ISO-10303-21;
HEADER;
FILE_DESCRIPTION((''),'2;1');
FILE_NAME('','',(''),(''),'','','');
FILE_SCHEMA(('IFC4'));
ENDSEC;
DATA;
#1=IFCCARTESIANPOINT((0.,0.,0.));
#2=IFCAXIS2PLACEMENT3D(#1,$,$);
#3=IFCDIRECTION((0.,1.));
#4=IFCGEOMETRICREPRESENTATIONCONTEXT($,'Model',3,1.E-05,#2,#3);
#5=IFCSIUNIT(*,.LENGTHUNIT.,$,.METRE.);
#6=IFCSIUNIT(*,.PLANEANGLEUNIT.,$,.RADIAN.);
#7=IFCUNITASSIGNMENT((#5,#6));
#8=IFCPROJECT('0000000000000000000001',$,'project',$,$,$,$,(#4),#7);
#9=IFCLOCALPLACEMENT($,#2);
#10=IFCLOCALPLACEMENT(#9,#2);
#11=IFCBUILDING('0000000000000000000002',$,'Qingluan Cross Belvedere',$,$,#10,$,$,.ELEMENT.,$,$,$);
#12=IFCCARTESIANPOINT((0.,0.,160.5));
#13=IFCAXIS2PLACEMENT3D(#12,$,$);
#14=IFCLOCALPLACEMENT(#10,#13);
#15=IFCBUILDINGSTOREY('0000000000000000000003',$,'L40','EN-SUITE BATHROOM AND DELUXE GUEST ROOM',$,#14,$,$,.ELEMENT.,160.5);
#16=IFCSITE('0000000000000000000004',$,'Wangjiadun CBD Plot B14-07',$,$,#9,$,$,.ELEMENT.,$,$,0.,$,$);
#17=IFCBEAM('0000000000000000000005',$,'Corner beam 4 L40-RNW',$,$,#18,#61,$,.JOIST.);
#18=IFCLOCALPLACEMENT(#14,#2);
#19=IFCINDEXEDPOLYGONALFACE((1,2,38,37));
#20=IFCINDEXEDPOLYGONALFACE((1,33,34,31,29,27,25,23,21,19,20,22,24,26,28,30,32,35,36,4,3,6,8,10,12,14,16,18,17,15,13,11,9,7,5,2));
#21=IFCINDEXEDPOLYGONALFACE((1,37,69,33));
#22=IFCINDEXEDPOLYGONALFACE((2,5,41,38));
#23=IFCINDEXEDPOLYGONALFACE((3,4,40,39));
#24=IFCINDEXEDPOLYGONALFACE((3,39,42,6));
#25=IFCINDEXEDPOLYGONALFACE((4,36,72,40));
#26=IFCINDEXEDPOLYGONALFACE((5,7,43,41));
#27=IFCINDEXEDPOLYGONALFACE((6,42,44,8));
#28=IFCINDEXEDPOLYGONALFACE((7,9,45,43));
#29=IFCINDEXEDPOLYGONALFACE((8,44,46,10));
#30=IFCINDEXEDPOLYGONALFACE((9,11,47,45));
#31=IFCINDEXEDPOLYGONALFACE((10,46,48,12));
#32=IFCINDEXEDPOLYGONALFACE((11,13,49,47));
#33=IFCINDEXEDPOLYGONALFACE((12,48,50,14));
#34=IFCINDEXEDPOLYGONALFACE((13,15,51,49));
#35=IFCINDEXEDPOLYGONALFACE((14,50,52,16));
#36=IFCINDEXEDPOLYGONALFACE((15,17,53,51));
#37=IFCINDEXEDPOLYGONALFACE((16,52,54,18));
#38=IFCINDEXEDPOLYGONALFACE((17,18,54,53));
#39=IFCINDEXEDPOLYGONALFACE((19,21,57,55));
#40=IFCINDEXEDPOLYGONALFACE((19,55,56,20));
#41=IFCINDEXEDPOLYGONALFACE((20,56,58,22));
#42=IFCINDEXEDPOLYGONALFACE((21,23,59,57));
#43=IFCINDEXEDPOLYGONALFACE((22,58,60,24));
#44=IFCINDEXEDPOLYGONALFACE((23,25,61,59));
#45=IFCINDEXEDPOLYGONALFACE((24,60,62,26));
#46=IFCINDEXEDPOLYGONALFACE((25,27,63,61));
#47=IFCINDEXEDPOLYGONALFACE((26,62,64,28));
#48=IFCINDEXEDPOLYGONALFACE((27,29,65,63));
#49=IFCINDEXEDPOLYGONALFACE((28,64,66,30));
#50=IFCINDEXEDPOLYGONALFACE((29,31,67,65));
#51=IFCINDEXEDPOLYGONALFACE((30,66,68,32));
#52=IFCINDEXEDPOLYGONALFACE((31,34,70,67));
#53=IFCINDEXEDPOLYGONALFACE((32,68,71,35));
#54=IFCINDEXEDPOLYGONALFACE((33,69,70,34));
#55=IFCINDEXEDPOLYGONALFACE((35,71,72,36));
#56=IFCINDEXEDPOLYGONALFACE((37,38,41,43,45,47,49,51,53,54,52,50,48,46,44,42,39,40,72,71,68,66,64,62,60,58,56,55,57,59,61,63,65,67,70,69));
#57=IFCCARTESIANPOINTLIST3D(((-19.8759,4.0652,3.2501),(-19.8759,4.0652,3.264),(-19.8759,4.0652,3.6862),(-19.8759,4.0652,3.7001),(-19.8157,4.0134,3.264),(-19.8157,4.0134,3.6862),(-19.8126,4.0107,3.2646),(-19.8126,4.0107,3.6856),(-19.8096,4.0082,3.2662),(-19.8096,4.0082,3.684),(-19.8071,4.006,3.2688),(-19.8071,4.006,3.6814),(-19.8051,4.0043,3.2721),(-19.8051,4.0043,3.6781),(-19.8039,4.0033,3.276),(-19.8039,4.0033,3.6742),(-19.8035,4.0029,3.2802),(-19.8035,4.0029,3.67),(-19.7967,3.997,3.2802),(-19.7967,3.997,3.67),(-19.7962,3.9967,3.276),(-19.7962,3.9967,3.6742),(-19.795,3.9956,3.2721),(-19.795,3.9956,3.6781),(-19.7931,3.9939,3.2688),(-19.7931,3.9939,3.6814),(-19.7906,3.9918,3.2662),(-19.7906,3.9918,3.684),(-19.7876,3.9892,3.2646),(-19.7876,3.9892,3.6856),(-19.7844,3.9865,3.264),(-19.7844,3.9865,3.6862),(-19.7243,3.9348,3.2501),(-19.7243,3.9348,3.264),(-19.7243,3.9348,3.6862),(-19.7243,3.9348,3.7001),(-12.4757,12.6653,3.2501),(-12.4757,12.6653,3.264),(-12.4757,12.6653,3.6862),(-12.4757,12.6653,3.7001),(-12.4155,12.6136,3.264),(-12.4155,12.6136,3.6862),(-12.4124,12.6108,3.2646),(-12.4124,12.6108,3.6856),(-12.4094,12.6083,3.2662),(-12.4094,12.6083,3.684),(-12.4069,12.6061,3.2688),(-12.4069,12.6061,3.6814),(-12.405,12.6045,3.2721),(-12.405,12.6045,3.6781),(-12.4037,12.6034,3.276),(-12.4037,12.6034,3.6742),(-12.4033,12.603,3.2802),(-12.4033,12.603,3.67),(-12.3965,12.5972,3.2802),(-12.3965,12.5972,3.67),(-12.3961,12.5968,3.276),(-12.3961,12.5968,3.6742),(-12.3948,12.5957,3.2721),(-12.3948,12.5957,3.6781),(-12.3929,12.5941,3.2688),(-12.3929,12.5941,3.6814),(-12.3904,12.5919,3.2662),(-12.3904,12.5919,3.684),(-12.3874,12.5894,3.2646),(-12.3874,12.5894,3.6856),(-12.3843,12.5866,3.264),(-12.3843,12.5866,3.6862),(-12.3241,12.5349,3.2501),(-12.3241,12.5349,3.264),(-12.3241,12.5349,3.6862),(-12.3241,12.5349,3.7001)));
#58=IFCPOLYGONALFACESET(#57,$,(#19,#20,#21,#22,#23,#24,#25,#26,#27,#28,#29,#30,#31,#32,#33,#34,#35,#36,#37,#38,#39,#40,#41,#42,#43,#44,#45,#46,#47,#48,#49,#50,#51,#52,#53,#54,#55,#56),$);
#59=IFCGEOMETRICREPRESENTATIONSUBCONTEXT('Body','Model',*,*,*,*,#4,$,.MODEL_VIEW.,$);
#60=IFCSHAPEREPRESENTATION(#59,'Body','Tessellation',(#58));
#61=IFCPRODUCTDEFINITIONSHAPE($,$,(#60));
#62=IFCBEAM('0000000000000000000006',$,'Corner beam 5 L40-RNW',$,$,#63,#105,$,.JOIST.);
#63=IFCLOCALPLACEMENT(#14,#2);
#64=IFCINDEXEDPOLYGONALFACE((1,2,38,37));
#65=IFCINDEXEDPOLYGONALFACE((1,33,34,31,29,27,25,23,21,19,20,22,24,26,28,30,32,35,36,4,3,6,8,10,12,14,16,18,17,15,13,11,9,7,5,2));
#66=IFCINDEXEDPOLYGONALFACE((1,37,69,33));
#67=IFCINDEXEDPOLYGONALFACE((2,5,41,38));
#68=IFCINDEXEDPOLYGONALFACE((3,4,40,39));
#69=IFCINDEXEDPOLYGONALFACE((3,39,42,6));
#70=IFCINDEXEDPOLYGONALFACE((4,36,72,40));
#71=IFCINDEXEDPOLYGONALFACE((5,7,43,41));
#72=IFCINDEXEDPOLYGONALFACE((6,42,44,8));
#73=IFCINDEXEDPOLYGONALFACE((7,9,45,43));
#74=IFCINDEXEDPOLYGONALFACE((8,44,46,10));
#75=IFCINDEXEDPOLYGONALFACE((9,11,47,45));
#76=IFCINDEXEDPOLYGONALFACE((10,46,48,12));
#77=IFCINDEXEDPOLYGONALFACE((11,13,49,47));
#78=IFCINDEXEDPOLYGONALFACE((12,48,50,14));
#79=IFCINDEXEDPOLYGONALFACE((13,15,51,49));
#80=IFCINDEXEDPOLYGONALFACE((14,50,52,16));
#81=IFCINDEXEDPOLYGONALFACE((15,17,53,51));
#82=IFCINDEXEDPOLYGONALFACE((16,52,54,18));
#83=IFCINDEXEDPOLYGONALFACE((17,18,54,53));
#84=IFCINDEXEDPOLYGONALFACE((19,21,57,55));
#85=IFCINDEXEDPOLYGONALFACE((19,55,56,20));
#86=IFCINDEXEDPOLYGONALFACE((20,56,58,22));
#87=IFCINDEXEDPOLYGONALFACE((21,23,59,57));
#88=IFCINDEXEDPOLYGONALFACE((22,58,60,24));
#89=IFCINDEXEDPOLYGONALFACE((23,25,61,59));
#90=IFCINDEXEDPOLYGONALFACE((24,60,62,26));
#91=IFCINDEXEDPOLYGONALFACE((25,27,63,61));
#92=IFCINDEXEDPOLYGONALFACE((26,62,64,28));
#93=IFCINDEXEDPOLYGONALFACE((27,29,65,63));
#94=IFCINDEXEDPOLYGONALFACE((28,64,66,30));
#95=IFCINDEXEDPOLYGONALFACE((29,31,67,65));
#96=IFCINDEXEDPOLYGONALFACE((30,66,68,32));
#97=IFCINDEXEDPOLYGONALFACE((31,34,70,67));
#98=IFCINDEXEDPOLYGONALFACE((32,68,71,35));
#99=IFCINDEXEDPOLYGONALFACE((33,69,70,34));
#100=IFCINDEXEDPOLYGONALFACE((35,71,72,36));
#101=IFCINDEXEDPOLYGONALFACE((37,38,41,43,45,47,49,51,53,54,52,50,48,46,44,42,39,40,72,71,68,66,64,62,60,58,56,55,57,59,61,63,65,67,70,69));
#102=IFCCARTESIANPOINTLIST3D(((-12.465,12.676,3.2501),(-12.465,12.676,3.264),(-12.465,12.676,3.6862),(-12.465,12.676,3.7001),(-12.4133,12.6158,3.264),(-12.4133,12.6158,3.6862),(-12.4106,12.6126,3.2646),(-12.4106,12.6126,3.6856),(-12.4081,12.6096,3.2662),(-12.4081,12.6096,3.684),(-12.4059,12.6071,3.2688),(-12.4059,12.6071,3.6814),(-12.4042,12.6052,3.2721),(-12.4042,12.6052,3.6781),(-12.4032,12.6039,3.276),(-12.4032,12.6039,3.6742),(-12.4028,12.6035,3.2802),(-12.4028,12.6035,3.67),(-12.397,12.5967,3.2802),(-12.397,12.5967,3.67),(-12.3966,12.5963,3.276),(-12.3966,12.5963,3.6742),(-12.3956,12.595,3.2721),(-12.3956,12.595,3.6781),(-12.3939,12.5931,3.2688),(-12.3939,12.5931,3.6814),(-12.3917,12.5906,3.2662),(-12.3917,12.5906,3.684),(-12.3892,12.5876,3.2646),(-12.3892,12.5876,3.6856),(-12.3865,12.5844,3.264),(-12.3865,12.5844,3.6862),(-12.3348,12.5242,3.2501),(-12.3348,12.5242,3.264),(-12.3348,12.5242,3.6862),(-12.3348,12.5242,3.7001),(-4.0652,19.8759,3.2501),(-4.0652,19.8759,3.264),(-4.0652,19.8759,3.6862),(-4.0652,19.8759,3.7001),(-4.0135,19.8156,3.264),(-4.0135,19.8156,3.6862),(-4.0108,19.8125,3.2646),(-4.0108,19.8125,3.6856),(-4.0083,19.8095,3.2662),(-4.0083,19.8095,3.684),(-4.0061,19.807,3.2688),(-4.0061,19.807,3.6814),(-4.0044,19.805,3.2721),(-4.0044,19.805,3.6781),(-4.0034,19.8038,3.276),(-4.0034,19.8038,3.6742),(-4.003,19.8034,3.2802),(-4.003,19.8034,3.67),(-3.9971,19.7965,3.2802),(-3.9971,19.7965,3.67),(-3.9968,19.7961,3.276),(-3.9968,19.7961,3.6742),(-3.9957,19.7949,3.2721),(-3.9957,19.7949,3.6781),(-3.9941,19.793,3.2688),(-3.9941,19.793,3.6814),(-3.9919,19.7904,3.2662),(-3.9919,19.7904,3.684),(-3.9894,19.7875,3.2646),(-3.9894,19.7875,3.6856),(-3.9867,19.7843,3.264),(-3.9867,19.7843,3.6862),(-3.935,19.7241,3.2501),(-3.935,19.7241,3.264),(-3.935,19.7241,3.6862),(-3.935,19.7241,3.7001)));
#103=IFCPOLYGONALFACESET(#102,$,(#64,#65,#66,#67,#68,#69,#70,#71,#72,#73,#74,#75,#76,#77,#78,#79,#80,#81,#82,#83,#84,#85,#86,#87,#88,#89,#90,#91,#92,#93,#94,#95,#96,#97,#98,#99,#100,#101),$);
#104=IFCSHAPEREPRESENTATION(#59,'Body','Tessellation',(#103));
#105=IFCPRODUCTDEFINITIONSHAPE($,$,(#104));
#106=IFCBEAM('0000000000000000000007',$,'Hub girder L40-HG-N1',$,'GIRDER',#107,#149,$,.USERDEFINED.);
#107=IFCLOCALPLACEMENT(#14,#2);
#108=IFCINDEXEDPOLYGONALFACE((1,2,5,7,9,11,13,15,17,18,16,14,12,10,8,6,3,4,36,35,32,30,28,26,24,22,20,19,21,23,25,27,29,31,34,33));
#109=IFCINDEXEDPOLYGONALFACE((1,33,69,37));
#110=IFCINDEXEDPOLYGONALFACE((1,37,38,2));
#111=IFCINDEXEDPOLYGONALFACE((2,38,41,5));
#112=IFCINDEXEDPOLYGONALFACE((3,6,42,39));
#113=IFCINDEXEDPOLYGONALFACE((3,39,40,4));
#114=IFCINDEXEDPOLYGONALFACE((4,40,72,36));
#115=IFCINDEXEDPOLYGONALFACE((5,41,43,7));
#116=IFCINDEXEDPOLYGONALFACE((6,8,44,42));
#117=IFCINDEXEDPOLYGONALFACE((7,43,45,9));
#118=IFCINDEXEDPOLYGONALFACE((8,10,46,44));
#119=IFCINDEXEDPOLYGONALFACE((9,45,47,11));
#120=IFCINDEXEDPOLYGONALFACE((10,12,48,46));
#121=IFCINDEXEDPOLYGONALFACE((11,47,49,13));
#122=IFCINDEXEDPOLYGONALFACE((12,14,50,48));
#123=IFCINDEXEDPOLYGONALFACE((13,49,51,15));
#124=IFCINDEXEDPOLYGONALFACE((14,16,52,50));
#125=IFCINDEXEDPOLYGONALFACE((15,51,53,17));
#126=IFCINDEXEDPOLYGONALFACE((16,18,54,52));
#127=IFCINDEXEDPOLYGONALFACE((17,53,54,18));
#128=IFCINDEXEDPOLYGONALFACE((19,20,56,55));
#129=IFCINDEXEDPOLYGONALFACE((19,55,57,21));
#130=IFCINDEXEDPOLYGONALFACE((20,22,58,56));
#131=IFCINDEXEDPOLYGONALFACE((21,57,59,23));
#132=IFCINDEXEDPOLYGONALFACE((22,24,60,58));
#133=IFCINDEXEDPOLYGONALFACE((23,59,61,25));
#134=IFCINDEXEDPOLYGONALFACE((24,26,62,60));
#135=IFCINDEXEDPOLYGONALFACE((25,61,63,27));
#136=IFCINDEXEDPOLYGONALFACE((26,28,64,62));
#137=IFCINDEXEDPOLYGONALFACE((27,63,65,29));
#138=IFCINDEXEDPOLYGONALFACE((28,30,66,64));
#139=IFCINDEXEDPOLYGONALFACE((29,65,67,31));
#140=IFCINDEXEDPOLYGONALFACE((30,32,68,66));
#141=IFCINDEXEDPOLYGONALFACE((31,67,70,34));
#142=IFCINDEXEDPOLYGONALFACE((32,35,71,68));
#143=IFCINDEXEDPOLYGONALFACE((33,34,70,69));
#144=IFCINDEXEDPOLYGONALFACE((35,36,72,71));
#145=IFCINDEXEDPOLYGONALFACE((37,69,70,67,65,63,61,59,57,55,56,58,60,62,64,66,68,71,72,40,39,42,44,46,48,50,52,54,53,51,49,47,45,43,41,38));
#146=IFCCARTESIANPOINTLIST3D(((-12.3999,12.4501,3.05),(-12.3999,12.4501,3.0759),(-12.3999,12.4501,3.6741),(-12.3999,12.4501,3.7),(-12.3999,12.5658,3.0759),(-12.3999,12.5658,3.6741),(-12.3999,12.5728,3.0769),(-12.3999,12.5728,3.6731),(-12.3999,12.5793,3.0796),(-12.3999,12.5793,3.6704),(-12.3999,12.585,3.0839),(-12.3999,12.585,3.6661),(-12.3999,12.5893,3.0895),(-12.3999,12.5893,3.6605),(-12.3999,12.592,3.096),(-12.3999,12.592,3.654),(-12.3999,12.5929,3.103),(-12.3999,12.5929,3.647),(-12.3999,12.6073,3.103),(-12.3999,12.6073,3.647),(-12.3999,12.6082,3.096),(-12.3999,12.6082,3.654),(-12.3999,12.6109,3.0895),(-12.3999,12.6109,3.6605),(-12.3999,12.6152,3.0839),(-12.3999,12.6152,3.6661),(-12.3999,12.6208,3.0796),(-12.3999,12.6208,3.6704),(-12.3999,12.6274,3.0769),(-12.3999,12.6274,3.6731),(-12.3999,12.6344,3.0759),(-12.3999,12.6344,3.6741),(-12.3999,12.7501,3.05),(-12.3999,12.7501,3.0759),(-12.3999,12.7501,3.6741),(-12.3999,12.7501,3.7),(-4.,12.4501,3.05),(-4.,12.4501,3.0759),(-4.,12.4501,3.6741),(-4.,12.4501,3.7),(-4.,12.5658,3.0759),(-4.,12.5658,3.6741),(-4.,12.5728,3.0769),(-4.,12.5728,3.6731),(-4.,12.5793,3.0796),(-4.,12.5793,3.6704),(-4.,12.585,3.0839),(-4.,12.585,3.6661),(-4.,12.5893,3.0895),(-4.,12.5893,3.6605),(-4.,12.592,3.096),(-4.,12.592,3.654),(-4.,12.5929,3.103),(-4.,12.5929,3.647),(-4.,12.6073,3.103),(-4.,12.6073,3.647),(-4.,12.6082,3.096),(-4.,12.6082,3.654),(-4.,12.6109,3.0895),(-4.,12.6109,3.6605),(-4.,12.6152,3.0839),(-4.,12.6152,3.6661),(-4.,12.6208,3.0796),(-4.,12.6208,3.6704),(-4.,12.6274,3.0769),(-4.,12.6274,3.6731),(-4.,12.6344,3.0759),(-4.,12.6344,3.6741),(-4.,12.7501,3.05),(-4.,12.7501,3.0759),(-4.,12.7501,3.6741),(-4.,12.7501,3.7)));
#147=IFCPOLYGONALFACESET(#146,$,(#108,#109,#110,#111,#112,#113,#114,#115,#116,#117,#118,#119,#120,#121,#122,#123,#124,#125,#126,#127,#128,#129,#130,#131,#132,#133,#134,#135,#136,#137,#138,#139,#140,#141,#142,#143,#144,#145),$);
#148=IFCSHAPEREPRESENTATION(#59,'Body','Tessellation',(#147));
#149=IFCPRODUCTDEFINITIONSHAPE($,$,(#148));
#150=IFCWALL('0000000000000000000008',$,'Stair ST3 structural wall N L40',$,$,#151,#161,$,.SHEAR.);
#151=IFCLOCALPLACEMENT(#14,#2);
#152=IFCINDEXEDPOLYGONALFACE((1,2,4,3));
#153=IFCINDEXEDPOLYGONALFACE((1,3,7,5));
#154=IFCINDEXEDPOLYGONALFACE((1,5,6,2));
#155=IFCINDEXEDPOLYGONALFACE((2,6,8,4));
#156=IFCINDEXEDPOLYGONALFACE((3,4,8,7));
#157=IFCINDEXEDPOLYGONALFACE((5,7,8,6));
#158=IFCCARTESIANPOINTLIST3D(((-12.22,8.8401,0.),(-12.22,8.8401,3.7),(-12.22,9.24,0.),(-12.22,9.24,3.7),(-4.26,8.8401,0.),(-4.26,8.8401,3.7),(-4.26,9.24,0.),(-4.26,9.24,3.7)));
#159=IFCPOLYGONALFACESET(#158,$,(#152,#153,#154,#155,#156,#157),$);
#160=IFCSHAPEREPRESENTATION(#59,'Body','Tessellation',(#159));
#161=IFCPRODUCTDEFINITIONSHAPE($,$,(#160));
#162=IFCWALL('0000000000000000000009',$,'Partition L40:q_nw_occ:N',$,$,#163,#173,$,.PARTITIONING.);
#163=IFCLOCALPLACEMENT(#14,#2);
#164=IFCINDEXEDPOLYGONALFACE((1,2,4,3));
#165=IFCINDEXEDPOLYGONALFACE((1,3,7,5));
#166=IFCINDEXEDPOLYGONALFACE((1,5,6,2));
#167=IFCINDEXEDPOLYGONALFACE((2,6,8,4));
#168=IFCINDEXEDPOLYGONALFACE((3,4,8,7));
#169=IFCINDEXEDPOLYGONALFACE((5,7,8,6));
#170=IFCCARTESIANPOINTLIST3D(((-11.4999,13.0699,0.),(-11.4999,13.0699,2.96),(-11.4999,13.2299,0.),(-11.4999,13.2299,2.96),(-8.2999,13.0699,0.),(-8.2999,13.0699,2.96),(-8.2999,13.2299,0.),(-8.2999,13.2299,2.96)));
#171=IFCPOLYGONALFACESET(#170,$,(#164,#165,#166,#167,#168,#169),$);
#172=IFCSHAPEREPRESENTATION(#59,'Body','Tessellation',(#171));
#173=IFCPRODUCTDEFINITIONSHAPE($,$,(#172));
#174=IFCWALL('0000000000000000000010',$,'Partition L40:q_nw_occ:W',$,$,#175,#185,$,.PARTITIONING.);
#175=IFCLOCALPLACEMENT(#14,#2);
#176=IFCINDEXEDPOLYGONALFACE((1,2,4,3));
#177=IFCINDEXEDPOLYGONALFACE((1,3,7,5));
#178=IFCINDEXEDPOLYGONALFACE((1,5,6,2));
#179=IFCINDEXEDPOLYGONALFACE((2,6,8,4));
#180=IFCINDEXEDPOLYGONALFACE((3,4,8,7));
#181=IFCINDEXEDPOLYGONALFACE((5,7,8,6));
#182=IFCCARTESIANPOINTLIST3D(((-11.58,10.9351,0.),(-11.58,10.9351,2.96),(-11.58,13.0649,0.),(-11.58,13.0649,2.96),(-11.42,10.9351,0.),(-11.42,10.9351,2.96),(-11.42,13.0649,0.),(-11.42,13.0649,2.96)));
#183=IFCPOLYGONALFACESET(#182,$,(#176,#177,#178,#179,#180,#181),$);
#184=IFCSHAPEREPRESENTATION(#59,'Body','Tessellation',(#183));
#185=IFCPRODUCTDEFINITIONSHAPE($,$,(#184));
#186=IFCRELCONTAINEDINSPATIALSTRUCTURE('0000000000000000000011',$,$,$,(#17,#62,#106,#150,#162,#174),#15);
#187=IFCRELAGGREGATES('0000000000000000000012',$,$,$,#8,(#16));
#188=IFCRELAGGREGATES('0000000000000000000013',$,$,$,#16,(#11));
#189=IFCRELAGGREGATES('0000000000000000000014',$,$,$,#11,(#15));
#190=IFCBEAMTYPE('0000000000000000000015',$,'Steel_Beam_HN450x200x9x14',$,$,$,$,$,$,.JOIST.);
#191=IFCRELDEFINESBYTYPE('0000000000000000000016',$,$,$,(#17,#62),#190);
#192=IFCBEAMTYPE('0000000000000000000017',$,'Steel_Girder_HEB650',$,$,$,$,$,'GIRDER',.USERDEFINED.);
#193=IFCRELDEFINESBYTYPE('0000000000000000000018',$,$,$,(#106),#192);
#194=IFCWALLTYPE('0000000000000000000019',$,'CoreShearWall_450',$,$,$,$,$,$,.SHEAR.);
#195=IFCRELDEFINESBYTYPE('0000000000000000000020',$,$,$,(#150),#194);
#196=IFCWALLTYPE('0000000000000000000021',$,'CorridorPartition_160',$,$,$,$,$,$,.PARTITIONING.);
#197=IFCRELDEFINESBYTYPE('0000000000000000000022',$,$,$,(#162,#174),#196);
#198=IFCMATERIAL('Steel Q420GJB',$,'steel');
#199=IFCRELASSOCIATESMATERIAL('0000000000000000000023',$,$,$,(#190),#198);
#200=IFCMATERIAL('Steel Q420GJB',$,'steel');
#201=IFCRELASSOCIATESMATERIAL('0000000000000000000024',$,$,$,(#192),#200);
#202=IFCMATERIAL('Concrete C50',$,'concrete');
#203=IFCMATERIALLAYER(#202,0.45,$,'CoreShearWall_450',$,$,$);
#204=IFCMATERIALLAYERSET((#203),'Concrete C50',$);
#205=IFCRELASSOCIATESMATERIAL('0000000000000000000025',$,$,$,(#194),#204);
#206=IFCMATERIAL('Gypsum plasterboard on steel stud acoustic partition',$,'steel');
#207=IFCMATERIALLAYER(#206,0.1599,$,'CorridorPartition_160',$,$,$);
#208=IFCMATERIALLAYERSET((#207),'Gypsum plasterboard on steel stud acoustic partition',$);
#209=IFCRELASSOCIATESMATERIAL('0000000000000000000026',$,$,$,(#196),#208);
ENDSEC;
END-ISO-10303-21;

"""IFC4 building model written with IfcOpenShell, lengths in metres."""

from ifc_helpers import new_model, si_unit, direction, frame, frame_2d, origin, origin_2d, place, context, subcontext, project, spatial, rectangle, i_section, extrude, material, layer, layer_set, material_profile, profile_set, type_object, element, save


model = new_model("IFC4")

# Units and contexts
model_context = context("Model", 3, precision=1e-05, world=origin(), true_north=direction((0.0, 1.0)))
body_context = subcontext(model_context, "Body", "Model", "MODEL_VIEW")
ifc_project = project(units=[si_unit("LENGTHUNIT", "METRE"), si_unit("PLANEANGLEUNIT", "RADIAN")], contexts=[model_context])

# Site, building, storey
site_placement = place(None, origin())
site = spatial("IfcSite", under=ifc_project, at=site_placement, Name="Wangjiadun CBD Plot B14-07", CompositionType="ELEMENT", RefElevation=0.0)
building_placement = place(site_placement, origin())
building = spatial("IfcBuilding", under=site, at=building_placement, Name="Qingluan Cross Belvedere", CompositionType="ELEMENT")
storey_placement = place(building_placement, frame((0.0, 0.0, 160.5)))
storey = spatial("IfcBuildingStorey", under=building, at=storey_placement, Name="L40", Description="EN-SUITE BATHROOM AND DELUXE GUEST ROOM", CompositionType="ELEMENT", Elevation=160.5)

# Beams
ifc_material_1 = material(Name="Steel Q420GJB", Category="steel")
ifc_material_profile_1 = material_profile(ifc_material_1, i_section(OverallWidth=0.2, OverallDepth=0.45, WebThickness=0.009, FlangeThickness=0.0139, FilletRadius=0.0161, at=origin_2d()), Name="HN450x200x9x14")
ifc_profile_set_1 = profile_set([ifc_material_profile_1], Name="Steel Q420GJB")
beam_type_1 = type_object("IfcBeamType", Name="Steel_Beam_HN450x200x9x14", PredefinedType="JOIST", material=ifc_profile_set_1)
beam_1_placement = place(storey_placement, frame((-12.3999, 12.6001, 3.4751), z_axis=(-0.652245, -0.758008, 0.0), x_axis=(0.758008, -0.652245, 0.0)))
element("IfcBeam", 1, at=beam_1_placement, inside=storey, type_object=beam_type_1, Name="Corner beam 4 L40-RNW", PredefinedType="JOIST", context=body_context, shape_type="SweptSolid", body=[
    extrude(i_section(OverallWidth=0.2, OverallDepth=0.45, WebThickness=0.009, FlangeThickness=0.0139, FilletRadius=0.0161, at=origin_2d()), origin(), (0.0, 0.0, 1.0), 11.3457),
])
beam_2_placement = place(storey_placement, frame((-12.3999, 12.6001, 3.4751), z_axis=(0.759255, 0.650793, 0.0), x_axis=(-0.650793, 0.759255, 0.0)))
element("IfcBeam", 2, at=beam_2_placement, inside=storey, type_object=beam_type_1, Name="Corner beam 5 L40-RNW", PredefinedType="JOIST", context=body_context, shape_type="SweptSolid", body=[
    extrude(i_section(OverallWidth=0.2, OverallDepth=0.45, WebThickness=0.009, FlangeThickness=0.0139, FilletRadius=0.0161, at=origin_2d()), origin(), (0.0, 0.0, 1.0), 11.0632),
])
ifc_material_2 = material(Name="Steel Q420GJB", Category="steel")
ifc_material_profile_2 = material_profile(ifc_material_2, i_section(OverallWidth=0.3, OverallDepth=0.6499, WebThickness=0.0144, FlangeThickness=0.0259, FilletRadius=0.0271, at=origin_2d()), Name="HEB650")
ifc_profile_set_2 = profile_set([ifc_material_profile_2], Name="Steel Q420GJB")
beam_type_2 = type_object("IfcBeamType", Name="Steel_Girder_HEB650", ElementType="GIRDER", PredefinedType="USERDEFINED", material=ifc_profile_set_2)
beam_3_placement = place(storey_placement, frame((-12.3999, 12.6001, 3.375), z_axis=(1.0, 0.0, 0.0), x_axis=(0.0, 1.0, 0.0)))
element("IfcBeam", 3, at=beam_3_placement, inside=storey, type_object=beam_type_2, Name="Hub girder L40-HG-N1", ObjectType="GIRDER", PredefinedType="USERDEFINED", context=body_context, shape_type="SweptSolid", body=[
    extrude(i_section(OverallWidth=0.3, OverallDepth=0.6499, WebThickness=0.0144, FlangeThickness=0.0259, FilletRadius=0.0271, at=origin_2d()), origin(), (0.0, 0.0, 1.0), 8.3999),
])

# Wall
ifc_material_3 = material(Name="Concrete C50", Category="concrete")
ifc_layer_1 = layer(ifc_material_3, 0.45, Name="CoreShearWall_450")
ifc_layer_set_1 = layer_set([ifc_layer_1], Name="Concrete C50")
wall_type_1 = type_object("IfcWallType", Name="CoreShearWall_450", PredefinedType="SHEAR", material=ifc_layer_set_1)
wall_1_placement = place(storey_placement, frame((-12.22, 9.04, 0.0), z_axis=(0.0, 0.0, 1.0), x_axis=(1.0, 0.0, 0.0)))
element("IfcWall", 4, at=wall_1_placement, inside=storey, type_object=wall_type_1, Name="Stair ST3 structural wall N L40", PredefinedType="SHEAR", context=body_context, shape_type="SweptSolid", body=[
    extrude(rectangle(XDim=7.96, YDim=0.3999, at=frame_2d((3.98, 0.0))), origin(), (0.0, 0.0, 1.0), 3.7),
])

# Shared definitions
ifc_material_4 = material(Name="Gypsum plasterboard on steel stud acoustic partition", Category="steel")
ifc_layer_2 = layer(ifc_material_4, 0.1599, Name="CorridorPartition_160")
ifc_layer_set_2 = layer_set([ifc_layer_2], Name="Gypsum plasterboard on steel stud acoustic partition")
wall_type_2 = type_object("IfcWallType", Name="CorridorPartition_160", PredefinedType="PARTITIONING", material=ifc_layer_set_2)

# Walls
wall_2_placement = place(storey_placement, frame((-11.5, 13.1499, 0.0), z_axis=(0.0, 0.0, 1.0), x_axis=(1.0, 0.0, 0.0)))
element("IfcWall", 5, at=wall_2_placement, inside=storey, type_object=wall_type_2, Name="Partition L40:q_nw_occ:N", PredefinedType="PARTITIONING", context=body_context, shape_type="SweptSolid", body=[
    extrude(rectangle(XDim=3.2, YDim=0.1599, at=frame_2d((1.6001, 0.0))), origin(), (0.0, 0.0, 1.0), 2.96),
])
for number, where, z_axis, x_axis, name in (
    (6, (-11.5, 10.9351, 0.0), (0.0, 0.0, 1.0), (0.0, 1.0, 0.0), "Partition L40:q_nw_occ:W"),
):
    element("IfcWall", number, at=place(storey_placement, frame(where, z_axis=z_axis, x_axis=x_axis)), inside=storey, type_object=wall_type_2, Name=name, PredefinedType="PARTITIONING", context=body_context, shape_type="SweptSolid", body=[
        extrude(rectangle(XDim=2.1299, YDim=0.1599, at=frame_2d((1.0649, 0.0))), origin(), (0.0, 0.0, 1.0), 2.96),
    ])

save(model, "model.ifc")
